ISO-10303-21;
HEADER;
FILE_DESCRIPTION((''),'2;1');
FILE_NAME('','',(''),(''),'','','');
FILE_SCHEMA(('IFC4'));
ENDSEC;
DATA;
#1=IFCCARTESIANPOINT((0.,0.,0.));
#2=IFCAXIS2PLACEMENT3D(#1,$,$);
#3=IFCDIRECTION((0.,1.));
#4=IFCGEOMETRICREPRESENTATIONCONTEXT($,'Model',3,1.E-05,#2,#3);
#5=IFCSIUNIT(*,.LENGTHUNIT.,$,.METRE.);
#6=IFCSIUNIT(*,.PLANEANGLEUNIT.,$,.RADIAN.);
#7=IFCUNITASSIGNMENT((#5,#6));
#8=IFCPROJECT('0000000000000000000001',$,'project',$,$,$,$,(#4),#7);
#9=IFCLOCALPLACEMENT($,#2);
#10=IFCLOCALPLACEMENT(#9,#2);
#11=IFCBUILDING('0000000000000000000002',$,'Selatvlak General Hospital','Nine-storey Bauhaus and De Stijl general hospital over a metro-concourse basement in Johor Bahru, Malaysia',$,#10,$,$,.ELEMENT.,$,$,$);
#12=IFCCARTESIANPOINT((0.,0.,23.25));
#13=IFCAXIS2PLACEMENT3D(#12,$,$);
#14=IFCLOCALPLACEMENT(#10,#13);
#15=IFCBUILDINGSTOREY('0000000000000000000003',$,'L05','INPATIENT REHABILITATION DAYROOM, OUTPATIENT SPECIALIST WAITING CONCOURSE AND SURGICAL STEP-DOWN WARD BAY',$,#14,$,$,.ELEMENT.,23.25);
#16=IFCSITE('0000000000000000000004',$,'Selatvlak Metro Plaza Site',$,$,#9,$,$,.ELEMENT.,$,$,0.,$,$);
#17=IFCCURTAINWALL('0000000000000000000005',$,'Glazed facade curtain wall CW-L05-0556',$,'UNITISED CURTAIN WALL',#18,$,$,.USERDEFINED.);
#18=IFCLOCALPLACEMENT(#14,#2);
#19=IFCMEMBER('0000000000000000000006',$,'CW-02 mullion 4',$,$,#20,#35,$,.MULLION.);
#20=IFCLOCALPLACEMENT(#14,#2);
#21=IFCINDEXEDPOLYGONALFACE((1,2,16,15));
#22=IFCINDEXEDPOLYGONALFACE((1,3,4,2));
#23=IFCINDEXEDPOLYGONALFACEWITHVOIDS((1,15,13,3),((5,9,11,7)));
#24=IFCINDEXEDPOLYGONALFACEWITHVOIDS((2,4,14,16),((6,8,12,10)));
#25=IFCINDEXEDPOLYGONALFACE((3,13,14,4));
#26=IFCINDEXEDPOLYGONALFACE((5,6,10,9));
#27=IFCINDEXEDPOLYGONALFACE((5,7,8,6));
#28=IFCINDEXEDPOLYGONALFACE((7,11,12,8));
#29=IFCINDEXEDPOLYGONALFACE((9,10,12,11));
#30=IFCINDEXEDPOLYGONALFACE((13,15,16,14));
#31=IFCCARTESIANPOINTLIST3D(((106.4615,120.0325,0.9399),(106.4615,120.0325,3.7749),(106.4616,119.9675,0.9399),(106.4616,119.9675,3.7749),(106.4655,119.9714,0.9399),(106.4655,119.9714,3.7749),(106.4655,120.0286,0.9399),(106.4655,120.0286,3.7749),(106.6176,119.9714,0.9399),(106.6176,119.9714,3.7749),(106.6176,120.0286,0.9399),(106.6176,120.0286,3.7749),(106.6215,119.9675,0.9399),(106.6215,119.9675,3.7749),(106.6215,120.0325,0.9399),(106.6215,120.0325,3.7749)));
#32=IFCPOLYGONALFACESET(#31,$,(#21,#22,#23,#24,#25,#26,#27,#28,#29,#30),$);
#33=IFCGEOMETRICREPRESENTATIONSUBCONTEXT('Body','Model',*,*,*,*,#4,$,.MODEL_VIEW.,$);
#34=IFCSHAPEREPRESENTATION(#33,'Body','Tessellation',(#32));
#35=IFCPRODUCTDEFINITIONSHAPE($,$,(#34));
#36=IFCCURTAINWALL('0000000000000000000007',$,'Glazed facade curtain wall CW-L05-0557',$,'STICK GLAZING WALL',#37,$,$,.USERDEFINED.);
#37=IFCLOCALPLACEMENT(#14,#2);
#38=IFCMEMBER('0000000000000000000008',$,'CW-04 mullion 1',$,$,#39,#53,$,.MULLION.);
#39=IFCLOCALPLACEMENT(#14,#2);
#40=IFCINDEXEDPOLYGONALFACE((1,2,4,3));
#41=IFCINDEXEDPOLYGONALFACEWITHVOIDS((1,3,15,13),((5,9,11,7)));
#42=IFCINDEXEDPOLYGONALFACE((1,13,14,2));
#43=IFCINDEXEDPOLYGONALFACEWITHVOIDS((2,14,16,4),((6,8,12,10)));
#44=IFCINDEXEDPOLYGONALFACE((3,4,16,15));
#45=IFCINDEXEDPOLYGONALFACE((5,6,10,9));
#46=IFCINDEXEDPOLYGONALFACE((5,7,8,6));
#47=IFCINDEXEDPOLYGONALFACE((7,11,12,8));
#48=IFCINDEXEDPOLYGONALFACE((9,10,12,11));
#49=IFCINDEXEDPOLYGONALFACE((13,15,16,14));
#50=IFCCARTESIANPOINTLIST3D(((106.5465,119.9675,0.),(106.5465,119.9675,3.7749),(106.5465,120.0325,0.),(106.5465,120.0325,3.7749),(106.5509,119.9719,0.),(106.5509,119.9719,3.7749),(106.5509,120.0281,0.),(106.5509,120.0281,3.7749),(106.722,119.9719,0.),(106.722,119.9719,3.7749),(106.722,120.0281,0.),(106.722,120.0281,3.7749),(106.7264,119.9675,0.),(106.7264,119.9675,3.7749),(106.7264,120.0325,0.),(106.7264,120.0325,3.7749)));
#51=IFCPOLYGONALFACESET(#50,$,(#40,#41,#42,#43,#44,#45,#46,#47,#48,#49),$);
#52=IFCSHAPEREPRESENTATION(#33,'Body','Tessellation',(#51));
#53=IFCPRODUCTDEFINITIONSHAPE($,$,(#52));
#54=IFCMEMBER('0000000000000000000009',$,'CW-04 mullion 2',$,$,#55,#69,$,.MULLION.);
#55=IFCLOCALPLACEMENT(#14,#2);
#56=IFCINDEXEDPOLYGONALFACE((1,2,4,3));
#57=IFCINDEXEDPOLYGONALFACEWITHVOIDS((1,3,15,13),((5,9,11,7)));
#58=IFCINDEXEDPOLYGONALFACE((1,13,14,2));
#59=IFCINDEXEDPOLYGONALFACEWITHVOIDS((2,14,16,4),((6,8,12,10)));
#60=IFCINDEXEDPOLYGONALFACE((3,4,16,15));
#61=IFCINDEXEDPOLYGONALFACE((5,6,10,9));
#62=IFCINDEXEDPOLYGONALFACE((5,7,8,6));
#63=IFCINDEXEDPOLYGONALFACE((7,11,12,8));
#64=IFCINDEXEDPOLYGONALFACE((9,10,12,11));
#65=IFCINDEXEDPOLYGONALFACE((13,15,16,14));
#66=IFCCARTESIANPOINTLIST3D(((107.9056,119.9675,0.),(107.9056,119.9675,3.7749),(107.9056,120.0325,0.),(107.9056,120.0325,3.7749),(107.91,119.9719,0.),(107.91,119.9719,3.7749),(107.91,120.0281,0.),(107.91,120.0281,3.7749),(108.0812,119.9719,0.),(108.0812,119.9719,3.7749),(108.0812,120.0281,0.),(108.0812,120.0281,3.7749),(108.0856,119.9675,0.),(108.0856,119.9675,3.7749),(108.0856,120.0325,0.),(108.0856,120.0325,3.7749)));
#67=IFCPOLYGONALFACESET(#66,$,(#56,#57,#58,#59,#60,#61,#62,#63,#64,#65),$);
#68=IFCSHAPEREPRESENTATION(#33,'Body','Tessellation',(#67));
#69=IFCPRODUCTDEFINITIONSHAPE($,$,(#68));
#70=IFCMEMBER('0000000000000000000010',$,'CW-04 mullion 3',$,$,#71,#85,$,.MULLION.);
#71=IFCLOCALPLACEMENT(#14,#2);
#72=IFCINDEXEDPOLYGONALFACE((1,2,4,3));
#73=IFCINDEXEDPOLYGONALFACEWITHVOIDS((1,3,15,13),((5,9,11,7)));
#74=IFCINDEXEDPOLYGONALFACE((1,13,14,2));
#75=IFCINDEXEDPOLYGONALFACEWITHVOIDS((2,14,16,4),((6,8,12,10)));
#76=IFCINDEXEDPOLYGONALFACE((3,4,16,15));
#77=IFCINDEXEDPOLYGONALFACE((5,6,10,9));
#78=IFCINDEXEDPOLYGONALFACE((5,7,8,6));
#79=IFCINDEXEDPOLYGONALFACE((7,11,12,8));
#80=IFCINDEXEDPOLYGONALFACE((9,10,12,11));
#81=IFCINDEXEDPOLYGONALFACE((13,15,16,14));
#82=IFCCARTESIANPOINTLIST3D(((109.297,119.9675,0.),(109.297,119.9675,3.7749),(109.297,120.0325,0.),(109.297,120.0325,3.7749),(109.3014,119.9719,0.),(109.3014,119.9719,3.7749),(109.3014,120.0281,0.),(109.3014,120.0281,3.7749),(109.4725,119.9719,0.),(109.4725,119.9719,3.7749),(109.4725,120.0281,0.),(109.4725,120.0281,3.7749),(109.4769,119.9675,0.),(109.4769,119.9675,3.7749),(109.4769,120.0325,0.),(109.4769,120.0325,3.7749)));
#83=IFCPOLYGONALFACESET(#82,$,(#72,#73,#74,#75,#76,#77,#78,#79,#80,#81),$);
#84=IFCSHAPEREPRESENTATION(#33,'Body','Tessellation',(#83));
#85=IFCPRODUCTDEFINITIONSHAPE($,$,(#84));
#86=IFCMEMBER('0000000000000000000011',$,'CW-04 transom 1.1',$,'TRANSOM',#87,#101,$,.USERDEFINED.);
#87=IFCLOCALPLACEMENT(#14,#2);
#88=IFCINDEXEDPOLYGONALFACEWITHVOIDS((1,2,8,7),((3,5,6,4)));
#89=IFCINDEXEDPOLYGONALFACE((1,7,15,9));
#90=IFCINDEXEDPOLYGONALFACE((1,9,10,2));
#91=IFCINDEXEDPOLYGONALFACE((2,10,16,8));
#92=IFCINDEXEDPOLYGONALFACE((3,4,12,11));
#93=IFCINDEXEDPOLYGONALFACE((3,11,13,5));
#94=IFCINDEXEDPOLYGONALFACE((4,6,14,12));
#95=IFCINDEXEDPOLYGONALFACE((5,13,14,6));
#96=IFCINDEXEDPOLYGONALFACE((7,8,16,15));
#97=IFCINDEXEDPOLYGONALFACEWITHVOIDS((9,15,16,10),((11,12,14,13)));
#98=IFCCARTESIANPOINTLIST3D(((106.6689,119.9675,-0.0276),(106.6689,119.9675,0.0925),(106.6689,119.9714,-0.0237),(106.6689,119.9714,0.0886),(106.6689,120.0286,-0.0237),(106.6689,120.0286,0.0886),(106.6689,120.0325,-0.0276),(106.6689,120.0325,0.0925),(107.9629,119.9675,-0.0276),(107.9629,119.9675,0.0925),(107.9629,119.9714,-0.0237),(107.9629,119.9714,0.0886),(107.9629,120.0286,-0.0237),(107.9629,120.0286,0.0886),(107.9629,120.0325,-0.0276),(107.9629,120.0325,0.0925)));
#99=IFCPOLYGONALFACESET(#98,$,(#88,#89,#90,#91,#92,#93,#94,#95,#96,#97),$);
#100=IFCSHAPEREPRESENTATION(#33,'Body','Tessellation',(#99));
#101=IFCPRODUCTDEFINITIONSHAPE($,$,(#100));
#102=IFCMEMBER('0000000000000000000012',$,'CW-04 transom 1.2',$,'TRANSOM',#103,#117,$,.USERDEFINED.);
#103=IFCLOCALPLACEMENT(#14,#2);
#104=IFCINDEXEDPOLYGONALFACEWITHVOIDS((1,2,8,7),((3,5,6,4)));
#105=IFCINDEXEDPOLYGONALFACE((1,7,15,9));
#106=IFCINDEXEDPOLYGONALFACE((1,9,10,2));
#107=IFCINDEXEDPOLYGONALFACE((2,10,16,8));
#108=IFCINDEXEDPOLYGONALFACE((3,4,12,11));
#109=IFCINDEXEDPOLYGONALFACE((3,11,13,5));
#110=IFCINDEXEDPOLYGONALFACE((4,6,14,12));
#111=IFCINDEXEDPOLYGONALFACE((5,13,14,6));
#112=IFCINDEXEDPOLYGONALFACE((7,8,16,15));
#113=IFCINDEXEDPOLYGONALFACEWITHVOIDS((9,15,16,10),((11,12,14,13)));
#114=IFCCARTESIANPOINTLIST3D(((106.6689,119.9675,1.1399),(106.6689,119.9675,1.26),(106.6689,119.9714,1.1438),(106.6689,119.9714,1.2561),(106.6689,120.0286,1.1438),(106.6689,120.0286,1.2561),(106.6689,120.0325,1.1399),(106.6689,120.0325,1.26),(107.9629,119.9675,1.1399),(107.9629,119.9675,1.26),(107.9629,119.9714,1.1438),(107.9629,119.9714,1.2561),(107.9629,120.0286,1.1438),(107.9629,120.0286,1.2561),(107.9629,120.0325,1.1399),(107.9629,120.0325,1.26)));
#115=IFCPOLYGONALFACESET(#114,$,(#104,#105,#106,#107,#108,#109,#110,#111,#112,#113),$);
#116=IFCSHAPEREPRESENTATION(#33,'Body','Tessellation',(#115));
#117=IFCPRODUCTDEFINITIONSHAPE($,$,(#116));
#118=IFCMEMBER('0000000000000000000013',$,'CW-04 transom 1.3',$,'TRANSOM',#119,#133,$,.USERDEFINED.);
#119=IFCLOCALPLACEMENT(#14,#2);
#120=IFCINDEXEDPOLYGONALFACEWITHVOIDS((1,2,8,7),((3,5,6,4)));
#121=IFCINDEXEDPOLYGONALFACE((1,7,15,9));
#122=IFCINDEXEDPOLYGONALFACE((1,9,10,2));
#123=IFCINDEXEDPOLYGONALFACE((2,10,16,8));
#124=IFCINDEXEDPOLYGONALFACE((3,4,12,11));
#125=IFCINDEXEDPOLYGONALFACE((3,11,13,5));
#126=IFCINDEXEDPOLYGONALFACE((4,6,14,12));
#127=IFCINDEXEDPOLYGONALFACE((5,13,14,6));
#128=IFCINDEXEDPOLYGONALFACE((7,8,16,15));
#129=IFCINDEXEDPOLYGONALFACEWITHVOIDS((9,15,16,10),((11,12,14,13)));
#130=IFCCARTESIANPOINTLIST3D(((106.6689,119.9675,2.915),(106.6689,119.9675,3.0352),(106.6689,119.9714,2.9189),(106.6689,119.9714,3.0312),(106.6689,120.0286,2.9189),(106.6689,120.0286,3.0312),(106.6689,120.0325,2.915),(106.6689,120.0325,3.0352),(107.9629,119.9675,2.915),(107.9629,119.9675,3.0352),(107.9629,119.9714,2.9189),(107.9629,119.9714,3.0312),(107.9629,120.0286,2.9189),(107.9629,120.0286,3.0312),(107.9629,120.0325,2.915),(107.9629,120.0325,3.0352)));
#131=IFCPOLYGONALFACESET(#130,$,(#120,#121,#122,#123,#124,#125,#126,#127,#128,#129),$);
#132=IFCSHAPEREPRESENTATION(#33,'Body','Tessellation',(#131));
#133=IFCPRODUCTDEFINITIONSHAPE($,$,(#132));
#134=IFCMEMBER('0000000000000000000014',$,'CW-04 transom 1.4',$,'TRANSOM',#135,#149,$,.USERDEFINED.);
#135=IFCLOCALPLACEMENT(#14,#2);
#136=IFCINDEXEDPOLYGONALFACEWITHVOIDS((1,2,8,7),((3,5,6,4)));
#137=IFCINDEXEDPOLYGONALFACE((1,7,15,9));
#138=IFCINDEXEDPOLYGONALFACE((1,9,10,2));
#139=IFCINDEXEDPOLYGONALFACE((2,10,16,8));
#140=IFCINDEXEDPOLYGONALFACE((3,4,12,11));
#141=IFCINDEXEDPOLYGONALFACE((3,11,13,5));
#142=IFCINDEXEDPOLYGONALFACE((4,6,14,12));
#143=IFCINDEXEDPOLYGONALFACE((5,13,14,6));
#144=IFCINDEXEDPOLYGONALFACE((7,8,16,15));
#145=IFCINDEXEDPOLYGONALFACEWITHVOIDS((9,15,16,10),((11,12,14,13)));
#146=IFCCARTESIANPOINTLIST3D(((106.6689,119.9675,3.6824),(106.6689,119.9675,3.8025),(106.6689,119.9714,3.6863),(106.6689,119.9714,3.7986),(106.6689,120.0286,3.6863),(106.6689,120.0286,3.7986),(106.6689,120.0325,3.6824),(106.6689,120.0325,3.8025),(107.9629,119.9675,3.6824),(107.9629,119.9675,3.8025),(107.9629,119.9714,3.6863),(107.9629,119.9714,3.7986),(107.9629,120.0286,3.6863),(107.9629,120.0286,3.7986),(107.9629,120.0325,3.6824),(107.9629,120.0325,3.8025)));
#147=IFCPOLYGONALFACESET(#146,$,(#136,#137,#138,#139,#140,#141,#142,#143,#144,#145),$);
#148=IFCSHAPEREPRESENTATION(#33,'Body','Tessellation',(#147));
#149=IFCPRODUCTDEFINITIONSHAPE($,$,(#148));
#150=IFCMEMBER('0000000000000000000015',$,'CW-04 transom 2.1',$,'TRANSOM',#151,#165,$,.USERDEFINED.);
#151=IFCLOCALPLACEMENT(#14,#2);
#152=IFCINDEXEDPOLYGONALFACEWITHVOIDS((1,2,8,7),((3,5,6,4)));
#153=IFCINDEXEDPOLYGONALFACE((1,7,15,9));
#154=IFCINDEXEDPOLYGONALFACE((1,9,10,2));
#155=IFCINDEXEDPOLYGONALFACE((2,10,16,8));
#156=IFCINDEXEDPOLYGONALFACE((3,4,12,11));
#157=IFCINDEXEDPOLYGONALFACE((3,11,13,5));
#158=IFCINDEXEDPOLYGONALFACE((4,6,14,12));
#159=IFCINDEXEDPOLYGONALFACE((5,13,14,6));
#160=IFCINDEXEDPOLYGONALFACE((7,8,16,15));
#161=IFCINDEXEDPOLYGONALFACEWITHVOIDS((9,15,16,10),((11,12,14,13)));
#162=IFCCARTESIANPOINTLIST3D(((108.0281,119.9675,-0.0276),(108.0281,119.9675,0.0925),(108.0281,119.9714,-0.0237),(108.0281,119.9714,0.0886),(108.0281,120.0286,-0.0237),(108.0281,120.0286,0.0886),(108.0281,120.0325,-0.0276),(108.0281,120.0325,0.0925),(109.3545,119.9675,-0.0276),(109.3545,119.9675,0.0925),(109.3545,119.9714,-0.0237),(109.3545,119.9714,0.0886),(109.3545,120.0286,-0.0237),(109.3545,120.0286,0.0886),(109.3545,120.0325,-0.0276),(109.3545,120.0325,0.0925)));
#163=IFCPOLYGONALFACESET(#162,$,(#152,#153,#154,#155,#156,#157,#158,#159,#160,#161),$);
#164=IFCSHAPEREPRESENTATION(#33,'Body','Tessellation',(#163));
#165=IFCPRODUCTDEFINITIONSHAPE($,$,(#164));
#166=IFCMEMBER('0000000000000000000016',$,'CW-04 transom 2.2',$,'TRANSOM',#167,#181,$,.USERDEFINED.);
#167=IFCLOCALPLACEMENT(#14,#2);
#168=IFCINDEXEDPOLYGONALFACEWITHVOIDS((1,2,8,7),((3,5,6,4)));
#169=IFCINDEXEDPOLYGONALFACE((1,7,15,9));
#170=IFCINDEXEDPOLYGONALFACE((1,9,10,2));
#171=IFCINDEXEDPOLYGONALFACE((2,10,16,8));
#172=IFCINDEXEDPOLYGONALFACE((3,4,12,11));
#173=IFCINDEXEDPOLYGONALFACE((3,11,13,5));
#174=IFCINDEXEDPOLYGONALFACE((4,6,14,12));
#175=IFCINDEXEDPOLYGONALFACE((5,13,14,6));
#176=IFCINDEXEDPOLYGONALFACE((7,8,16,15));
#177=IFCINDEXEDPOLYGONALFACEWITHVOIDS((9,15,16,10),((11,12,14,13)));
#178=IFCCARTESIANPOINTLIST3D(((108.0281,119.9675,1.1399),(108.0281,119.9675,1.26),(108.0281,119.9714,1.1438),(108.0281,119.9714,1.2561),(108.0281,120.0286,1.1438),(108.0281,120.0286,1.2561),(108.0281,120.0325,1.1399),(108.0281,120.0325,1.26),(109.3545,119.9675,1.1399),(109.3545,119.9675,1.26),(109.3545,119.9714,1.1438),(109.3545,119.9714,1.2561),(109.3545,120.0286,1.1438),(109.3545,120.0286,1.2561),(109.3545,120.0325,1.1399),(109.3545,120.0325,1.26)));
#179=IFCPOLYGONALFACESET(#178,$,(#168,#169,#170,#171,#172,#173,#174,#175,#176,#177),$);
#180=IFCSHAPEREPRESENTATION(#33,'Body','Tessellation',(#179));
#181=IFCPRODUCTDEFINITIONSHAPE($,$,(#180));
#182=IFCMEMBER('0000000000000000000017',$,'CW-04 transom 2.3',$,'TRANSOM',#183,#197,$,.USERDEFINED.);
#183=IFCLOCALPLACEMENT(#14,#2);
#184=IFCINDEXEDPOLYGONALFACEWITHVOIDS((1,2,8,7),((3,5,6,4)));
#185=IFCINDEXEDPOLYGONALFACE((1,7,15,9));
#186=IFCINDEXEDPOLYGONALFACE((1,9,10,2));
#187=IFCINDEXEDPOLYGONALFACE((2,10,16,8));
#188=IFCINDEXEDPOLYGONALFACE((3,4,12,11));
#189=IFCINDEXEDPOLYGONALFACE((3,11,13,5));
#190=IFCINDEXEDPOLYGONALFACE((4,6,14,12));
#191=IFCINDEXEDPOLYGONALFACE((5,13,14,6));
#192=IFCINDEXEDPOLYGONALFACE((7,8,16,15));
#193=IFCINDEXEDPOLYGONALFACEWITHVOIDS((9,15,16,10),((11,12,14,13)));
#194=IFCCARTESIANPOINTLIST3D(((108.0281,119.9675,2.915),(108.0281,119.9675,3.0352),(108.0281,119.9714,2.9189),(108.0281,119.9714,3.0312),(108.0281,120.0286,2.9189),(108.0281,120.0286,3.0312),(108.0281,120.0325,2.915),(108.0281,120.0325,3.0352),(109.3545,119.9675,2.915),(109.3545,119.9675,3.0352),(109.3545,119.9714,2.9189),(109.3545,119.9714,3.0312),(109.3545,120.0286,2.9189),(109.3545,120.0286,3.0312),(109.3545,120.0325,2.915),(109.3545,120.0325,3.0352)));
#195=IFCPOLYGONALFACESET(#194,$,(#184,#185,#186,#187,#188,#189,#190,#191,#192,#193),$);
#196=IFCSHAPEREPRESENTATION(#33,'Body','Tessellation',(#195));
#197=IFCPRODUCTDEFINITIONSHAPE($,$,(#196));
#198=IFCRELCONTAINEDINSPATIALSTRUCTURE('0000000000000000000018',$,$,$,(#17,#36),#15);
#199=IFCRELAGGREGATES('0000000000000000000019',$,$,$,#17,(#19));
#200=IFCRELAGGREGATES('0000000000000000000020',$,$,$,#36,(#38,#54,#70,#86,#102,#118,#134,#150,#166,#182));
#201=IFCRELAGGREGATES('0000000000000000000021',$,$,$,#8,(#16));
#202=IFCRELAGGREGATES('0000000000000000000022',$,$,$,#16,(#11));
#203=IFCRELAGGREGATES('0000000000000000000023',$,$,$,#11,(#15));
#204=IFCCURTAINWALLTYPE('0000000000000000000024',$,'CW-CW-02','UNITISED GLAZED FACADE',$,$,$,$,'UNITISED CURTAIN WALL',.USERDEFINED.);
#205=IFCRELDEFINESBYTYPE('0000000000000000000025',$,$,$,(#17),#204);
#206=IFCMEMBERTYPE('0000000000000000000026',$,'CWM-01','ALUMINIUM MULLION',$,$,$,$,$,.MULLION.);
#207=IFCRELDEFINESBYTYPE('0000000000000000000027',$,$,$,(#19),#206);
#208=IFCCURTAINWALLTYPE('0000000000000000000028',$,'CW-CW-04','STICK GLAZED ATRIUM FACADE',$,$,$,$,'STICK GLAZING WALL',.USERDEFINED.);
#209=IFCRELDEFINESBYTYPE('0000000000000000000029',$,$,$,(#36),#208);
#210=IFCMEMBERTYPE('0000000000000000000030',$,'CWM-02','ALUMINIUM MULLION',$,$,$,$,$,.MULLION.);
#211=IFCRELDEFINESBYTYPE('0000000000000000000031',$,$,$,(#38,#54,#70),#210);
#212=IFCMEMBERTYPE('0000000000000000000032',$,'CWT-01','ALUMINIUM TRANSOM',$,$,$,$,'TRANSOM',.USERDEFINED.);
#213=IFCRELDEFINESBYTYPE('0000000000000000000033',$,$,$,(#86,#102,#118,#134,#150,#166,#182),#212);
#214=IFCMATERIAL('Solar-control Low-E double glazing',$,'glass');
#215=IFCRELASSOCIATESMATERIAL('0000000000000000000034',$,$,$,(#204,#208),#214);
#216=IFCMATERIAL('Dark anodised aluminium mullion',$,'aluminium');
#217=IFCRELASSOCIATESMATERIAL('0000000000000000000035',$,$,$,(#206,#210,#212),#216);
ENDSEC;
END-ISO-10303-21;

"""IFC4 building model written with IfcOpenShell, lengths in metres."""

from ifc_helpers import new_model, si_unit, direction, frame, origin, origin_2d, place, context, subcontext, project, spatial, hollow_rectangle, extrude, material, material_profile, profile_set, type_object, element, aggregate, save


model = new_model("IFC4")

# Units and contexts
model_context = context("Model", 3, precision=1e-05, world=origin(), true_north=direction((0.0, 1.0)))
body_context = subcontext(model_context, "Body", "Model", "MODEL_VIEW")
ifc_project = project(units=[si_unit("LENGTHUNIT", "METRE"), si_unit("PLANEANGLEUNIT", "RADIAN")], contexts=[model_context])

# Site, building, storey
site_placement = place(None, origin())
site = spatial("IfcSite", under=ifc_project, at=site_placement, Name="Selatvlak Metro Plaza Site", CompositionType="ELEMENT", RefElevation=0.0)
building_placement = place(site_placement, origin())
building = spatial("IfcBuilding", under=site, at=building_placement, Name="Selatvlak General Hospital", Description="Nine-storey Bauhaus and De Stijl general hospital over a metro-concourse basement in Johor Bahru, Malaysia", CompositionType="ELEMENT")
storey_placement = place(building_placement, frame((0.0, 0.0, 23.25)))
storey = spatial("IfcBuildingStorey", under=building, at=storey_placement, Name="L05", Description="INPATIENT REHABILITATION DAYROOM, OUTPATIENT SPECIALIST WAITING CONCOURSE AND SURGICAL STEP-DOWN WARD BAY", CompositionType="ELEMENT", Elevation=23.25)

# Curtain wall, member
ifc_material_1 = material(Name="Solar-control Low-E double glazing", Category="glass")
curtain_wall_type_1 = type_object("IfcCurtainWallType", Name="CW-CW-02", Description="UNITISED GLAZED FACADE", ElementType="UNITISED CURTAIN WALL", PredefinedType="USERDEFINED", material=ifc_material_1)
curtain_wall_1_placement = place(storey_placement, origin())
curtain_wall_1 = element("IfcCurtainWall", 1, at=curtain_wall_1_placement, inside=storey, type_object=curtain_wall_type_1, Name="Glazed facade curtain wall CW-L05-0556", ObjectType="UNITISED CURTAIN WALL", PredefinedType="USERDEFINED")
ifc_material_2 = material(Name="Dark anodised aluminium mullion", Category="aluminium")
ifc_material_profile_1 = material_profile(ifc_material_2, hollow_rectangle(XDim=0.0649, YDim=0.1599, WallThickness=0.0039, at=origin_2d()), Name="AL-MUL 65x160x4")
ifc_profile_set_1 = profile_set([ifc_material_profile_1], Name="Dark anodised aluminium mullion")
member_type_1 = type_object("IfcMemberType", Name="CWM-01", Description="ALUMINIUM MULLION", PredefinedType="MULLION", material=ifc_profile_set_1)
member_1_placement = place(storey_placement, frame((106.5415, 120.0, 0.9399), z_axis=(0.0, 0.0, 1.0), x_axis=(-0.00012, 1.0, 0.0)))
member_1 = element("IfcMember", 2, at=member_1_placement, type_object=member_type_1, Name="CW-02 mullion 4", PredefinedType="MULLION", context=body_context, shape_type="SweptSolid", body=[
    extrude(hollow_rectangle(XDim=0.0649, YDim=0.1599, WallThickness=0.0039, at=origin_2d()), origin(), (0.0, 0.0, 1.0), 2.835),
])
aggregate(curtain_wall_1, [member_1])

# Curtain wall, members
curtain_wall_type_2 = type_object("IfcCurtainWallType", Name="CW-CW-04", Description="STICK GLAZED ATRIUM FACADE", ElementType="STICK GLAZING WALL", PredefinedType="USERDEFINED", material=ifc_material_1)
curtain_wall_2_placement = place(storey_placement, origin())
curtain_wall_2 = element("IfcCurtainWall", 3, at=curtain_wall_2_placement, inside=storey, type_object=curtain_wall_type_2, Name="Glazed facade curtain wall CW-L05-0557", ObjectType="STICK GLAZING WALL", PredefinedType="USERDEFINED")
ifc_material_profile_2 = material_profile(ifc_material_2, hollow_rectangle(XDim=0.0649, YDim=0.1799, WallThickness=0.0044, at=origin_2d()), Name="AL-MUL 65x180x4.5")
ifc_profile_set_2 = profile_set([ifc_material_profile_2], Name="Dark anodised aluminium mullion")
member_type_2 = type_object("IfcMemberType", Name="CWM-02", Description="ALUMINIUM MULLION", PredefinedType="MULLION", material=ifc_profile_set_2)
member_2_placement = place(storey_placement, frame((106.6365, 120.0, 0.0), z_axis=(0.0, 0.0, 1.0), x_axis=(0.0, 1.0, 0.0)))
member_2 = element("IfcMember", 4, at=member_2_placement, type_object=member_type_2, Name="CW-04 mullion 1", PredefinedType="MULLION", context=body_context, shape_type="SweptSolid", body=[
    extrude(hollow_rectangle(XDim=0.0649, YDim=0.1799, WallThickness=0.0044, at=origin_2d()), origin(), (0.0, 0.0, 1.0), 3.7749),
])
member_3_placement = place(storey_placement, frame((107.9956, 120.0, 0.0), z_axis=(0.0, 0.0, 1.0), x_axis=(0.0, 1.0, 0.0)))
member_3 = element("IfcMember", 5, at=member_3_placement, type_object=member_type_2, Name="CW-04 mullion 2", PredefinedType="MULLION", context=body_context, shape_type="SweptSolid", body=[
    extrude(hollow_rectangle(XDim=0.0649, YDim=0.1799, WallThickness=0.0044, at=origin_2d()), origin(), (0.0, 0.0, 1.0), 3.7749),
])
member_4_placement = place(storey_placement, frame((109.387, 120.0, 0.0), z_axis=(0.0, 0.0, 1.0), x_axis=(0.0, 1.0, 0.0)))
member_4 = element("IfcMember", 6, at=member_4_placement, type_object=member_type_2, Name="CW-04 mullion 3", PredefinedType="MULLION", context=body_context, shape_type="SweptSolid", body=[
    extrude(hollow_rectangle(XDim=0.0649, YDim=0.1799, WallThickness=0.0044, at=origin_2d()), origin(), (0.0, 0.0, 1.0), 3.7749),
])
ifc_material_profile_3 = material_profile(ifc_material_2, hollow_rectangle(XDim=0.0649, YDim=0.1201, WallThickness=0.0039, at=origin_2d()), Name="AL-TRN 65x120x4")
ifc_profile_set_3 = profile_set([ifc_material_profile_3], Name="Dark anodised aluminium mullion")
member_type_3 = type_object("IfcMemberType", Name="CWT-01", Description="ALUMINIUM TRANSOM", ElementType="TRANSOM", PredefinedType="USERDEFINED", material=ifc_profile_set_3)
member_5_placement = place(storey_placement, frame((106.6689, 120.0, 0.0325), z_axis=(1.0, 0.0, 0.0), x_axis=(0.0, 1.0, 0.0)))
member_5 = element("IfcMember", 7, at=member_5_placement, type_object=member_type_3, Name="CW-04 transom 1.1", ObjectType="TRANSOM", PredefinedType="USERDEFINED", context=body_context, shape_type="SweptSolid", body=[
    extrude(hollow_rectangle(XDim=0.0649, YDim=0.1201, WallThickness=0.0039, at=origin_2d()), origin(), (0.0, 0.0, 1.0), 1.2939),
])
member_6_placement = place(storey_placement, frame((106.6689, 120.0, 1.2), z_axis=(1.0, 0.0, 0.0), x_axis=(0.0, 1.0, 0.0)))
member_6 = element("IfcMember", 8, at=member_6_placement, type_object=member_type_3, Name="CW-04 transom 1.2", ObjectType="TRANSOM", PredefinedType="USERDEFINED", context=body_context, shape_type="SweptSolid", body=[
    extrude(hollow_rectangle(XDim=0.0649, YDim=0.1201, WallThickness=0.0039, at=origin_2d()), origin(), (0.0, 0.0, 1.0), 1.2939),
])
member_7_placement = place(storey_placement, frame((106.6689, 120.0, 2.9751), z_axis=(1.0, 0.0, 0.0), x_axis=(0.0, 1.0, 0.0)))
member_7 = element("IfcMember", 9, at=member_7_placement, type_object=member_type_3, Name="CW-04 transom 1.3", ObjectType="TRANSOM", PredefinedType="USERDEFINED", context=body_context, shape_type="SweptSolid", body=[
    extrude(hollow_rectangle(XDim=0.0649, YDim=0.1201, WallThickness=0.0039, at=origin_2d()), origin(), (0.0, 0.0, 1.0), 1.2939),
])
member_8_placement = place(storey_placement, frame((106.6689, 120.0, 3.7424), z_axis=(1.0, 0.0, 0.0), x_axis=(0.0, 1.0, 0.0)))
member_8 = element("IfcMember", 10, at=member_8_placement, type_object=member_type_3, Name="CW-04 transom 1.4", ObjectType="TRANSOM", PredefinedType="USERDEFINED", context=body_context, shape_type="SweptSolid", body=[
    extrude(hollow_rectangle(XDim=0.0649, YDim=0.1201, WallThickness=0.0039, at=origin_2d()), origin(), (0.0, 0.0, 1.0), 1.2939),
])
member_9_placement = place(storey_placement, frame((108.0281, 120.0, 0.0325), z_axis=(1.0, 0.0, 0.0), x_axis=(0.0, 1.0, 0.0)))
member_9 = element("IfcMember", 11, at=member_9_placement, type_object=member_type_3, Name="CW-04 transom 2.1", ObjectType="TRANSOM", PredefinedType="USERDEFINED", context=body_context, shape_type="SweptSolid", body=[
    extrude(hollow_rectangle(XDim=0.0649, YDim=0.1201, WallThickness=0.0039, at=origin_2d()), origin(), (0.0, 0.0, 1.0), 1.3264),
])
member_10_placement = place(storey_placement, frame((108.0281, 120.0, 1.2), z_axis=(1.0, 0.0, 0.0), x_axis=(0.0, 1.0, 0.0)))
member_10 = element("IfcMember", 12, at=member_10_placement, type_object=member_type_3, Name="CW-04 transom 2.2", ObjectType="TRANSOM", PredefinedType="USERDEFINED", context=body_context, shape_type="SweptSolid", body=[
    extrude(hollow_rectangle(XDim=0.0649, YDim=0.1201, WallThickness=0.0039, at=origin_2d()), origin(), (0.0, 0.0, 1.0), 1.3264),
])
member_11_placement = place(storey_placement, frame((108.0281, 120.0, 2.9751), z_axis=(1.0, 0.0, 0.0), x_axis=(0.0, 1.0, 0.0)))
member_11 = element("IfcMember", 13, at=member_11_placement, type_object=member_type_3, Name="CW-04 transom 2.3", ObjectType="TRANSOM", PredefinedType="USERDEFINED", context=body_context, shape_type="SweptSolid", body=[
    extrude(hollow_rectangle(XDim=0.0649, YDim=0.1201, WallThickness=0.0039, at=origin_2d()), origin(), (0.0, 0.0, 1.0), 1.3264),
])
aggregate(curtain_wall_2, [member_2, member_3, member_4, member_5, member_6, member_7, member_8, member_9, member_10, member_11])

save(model, "model.ifc")
